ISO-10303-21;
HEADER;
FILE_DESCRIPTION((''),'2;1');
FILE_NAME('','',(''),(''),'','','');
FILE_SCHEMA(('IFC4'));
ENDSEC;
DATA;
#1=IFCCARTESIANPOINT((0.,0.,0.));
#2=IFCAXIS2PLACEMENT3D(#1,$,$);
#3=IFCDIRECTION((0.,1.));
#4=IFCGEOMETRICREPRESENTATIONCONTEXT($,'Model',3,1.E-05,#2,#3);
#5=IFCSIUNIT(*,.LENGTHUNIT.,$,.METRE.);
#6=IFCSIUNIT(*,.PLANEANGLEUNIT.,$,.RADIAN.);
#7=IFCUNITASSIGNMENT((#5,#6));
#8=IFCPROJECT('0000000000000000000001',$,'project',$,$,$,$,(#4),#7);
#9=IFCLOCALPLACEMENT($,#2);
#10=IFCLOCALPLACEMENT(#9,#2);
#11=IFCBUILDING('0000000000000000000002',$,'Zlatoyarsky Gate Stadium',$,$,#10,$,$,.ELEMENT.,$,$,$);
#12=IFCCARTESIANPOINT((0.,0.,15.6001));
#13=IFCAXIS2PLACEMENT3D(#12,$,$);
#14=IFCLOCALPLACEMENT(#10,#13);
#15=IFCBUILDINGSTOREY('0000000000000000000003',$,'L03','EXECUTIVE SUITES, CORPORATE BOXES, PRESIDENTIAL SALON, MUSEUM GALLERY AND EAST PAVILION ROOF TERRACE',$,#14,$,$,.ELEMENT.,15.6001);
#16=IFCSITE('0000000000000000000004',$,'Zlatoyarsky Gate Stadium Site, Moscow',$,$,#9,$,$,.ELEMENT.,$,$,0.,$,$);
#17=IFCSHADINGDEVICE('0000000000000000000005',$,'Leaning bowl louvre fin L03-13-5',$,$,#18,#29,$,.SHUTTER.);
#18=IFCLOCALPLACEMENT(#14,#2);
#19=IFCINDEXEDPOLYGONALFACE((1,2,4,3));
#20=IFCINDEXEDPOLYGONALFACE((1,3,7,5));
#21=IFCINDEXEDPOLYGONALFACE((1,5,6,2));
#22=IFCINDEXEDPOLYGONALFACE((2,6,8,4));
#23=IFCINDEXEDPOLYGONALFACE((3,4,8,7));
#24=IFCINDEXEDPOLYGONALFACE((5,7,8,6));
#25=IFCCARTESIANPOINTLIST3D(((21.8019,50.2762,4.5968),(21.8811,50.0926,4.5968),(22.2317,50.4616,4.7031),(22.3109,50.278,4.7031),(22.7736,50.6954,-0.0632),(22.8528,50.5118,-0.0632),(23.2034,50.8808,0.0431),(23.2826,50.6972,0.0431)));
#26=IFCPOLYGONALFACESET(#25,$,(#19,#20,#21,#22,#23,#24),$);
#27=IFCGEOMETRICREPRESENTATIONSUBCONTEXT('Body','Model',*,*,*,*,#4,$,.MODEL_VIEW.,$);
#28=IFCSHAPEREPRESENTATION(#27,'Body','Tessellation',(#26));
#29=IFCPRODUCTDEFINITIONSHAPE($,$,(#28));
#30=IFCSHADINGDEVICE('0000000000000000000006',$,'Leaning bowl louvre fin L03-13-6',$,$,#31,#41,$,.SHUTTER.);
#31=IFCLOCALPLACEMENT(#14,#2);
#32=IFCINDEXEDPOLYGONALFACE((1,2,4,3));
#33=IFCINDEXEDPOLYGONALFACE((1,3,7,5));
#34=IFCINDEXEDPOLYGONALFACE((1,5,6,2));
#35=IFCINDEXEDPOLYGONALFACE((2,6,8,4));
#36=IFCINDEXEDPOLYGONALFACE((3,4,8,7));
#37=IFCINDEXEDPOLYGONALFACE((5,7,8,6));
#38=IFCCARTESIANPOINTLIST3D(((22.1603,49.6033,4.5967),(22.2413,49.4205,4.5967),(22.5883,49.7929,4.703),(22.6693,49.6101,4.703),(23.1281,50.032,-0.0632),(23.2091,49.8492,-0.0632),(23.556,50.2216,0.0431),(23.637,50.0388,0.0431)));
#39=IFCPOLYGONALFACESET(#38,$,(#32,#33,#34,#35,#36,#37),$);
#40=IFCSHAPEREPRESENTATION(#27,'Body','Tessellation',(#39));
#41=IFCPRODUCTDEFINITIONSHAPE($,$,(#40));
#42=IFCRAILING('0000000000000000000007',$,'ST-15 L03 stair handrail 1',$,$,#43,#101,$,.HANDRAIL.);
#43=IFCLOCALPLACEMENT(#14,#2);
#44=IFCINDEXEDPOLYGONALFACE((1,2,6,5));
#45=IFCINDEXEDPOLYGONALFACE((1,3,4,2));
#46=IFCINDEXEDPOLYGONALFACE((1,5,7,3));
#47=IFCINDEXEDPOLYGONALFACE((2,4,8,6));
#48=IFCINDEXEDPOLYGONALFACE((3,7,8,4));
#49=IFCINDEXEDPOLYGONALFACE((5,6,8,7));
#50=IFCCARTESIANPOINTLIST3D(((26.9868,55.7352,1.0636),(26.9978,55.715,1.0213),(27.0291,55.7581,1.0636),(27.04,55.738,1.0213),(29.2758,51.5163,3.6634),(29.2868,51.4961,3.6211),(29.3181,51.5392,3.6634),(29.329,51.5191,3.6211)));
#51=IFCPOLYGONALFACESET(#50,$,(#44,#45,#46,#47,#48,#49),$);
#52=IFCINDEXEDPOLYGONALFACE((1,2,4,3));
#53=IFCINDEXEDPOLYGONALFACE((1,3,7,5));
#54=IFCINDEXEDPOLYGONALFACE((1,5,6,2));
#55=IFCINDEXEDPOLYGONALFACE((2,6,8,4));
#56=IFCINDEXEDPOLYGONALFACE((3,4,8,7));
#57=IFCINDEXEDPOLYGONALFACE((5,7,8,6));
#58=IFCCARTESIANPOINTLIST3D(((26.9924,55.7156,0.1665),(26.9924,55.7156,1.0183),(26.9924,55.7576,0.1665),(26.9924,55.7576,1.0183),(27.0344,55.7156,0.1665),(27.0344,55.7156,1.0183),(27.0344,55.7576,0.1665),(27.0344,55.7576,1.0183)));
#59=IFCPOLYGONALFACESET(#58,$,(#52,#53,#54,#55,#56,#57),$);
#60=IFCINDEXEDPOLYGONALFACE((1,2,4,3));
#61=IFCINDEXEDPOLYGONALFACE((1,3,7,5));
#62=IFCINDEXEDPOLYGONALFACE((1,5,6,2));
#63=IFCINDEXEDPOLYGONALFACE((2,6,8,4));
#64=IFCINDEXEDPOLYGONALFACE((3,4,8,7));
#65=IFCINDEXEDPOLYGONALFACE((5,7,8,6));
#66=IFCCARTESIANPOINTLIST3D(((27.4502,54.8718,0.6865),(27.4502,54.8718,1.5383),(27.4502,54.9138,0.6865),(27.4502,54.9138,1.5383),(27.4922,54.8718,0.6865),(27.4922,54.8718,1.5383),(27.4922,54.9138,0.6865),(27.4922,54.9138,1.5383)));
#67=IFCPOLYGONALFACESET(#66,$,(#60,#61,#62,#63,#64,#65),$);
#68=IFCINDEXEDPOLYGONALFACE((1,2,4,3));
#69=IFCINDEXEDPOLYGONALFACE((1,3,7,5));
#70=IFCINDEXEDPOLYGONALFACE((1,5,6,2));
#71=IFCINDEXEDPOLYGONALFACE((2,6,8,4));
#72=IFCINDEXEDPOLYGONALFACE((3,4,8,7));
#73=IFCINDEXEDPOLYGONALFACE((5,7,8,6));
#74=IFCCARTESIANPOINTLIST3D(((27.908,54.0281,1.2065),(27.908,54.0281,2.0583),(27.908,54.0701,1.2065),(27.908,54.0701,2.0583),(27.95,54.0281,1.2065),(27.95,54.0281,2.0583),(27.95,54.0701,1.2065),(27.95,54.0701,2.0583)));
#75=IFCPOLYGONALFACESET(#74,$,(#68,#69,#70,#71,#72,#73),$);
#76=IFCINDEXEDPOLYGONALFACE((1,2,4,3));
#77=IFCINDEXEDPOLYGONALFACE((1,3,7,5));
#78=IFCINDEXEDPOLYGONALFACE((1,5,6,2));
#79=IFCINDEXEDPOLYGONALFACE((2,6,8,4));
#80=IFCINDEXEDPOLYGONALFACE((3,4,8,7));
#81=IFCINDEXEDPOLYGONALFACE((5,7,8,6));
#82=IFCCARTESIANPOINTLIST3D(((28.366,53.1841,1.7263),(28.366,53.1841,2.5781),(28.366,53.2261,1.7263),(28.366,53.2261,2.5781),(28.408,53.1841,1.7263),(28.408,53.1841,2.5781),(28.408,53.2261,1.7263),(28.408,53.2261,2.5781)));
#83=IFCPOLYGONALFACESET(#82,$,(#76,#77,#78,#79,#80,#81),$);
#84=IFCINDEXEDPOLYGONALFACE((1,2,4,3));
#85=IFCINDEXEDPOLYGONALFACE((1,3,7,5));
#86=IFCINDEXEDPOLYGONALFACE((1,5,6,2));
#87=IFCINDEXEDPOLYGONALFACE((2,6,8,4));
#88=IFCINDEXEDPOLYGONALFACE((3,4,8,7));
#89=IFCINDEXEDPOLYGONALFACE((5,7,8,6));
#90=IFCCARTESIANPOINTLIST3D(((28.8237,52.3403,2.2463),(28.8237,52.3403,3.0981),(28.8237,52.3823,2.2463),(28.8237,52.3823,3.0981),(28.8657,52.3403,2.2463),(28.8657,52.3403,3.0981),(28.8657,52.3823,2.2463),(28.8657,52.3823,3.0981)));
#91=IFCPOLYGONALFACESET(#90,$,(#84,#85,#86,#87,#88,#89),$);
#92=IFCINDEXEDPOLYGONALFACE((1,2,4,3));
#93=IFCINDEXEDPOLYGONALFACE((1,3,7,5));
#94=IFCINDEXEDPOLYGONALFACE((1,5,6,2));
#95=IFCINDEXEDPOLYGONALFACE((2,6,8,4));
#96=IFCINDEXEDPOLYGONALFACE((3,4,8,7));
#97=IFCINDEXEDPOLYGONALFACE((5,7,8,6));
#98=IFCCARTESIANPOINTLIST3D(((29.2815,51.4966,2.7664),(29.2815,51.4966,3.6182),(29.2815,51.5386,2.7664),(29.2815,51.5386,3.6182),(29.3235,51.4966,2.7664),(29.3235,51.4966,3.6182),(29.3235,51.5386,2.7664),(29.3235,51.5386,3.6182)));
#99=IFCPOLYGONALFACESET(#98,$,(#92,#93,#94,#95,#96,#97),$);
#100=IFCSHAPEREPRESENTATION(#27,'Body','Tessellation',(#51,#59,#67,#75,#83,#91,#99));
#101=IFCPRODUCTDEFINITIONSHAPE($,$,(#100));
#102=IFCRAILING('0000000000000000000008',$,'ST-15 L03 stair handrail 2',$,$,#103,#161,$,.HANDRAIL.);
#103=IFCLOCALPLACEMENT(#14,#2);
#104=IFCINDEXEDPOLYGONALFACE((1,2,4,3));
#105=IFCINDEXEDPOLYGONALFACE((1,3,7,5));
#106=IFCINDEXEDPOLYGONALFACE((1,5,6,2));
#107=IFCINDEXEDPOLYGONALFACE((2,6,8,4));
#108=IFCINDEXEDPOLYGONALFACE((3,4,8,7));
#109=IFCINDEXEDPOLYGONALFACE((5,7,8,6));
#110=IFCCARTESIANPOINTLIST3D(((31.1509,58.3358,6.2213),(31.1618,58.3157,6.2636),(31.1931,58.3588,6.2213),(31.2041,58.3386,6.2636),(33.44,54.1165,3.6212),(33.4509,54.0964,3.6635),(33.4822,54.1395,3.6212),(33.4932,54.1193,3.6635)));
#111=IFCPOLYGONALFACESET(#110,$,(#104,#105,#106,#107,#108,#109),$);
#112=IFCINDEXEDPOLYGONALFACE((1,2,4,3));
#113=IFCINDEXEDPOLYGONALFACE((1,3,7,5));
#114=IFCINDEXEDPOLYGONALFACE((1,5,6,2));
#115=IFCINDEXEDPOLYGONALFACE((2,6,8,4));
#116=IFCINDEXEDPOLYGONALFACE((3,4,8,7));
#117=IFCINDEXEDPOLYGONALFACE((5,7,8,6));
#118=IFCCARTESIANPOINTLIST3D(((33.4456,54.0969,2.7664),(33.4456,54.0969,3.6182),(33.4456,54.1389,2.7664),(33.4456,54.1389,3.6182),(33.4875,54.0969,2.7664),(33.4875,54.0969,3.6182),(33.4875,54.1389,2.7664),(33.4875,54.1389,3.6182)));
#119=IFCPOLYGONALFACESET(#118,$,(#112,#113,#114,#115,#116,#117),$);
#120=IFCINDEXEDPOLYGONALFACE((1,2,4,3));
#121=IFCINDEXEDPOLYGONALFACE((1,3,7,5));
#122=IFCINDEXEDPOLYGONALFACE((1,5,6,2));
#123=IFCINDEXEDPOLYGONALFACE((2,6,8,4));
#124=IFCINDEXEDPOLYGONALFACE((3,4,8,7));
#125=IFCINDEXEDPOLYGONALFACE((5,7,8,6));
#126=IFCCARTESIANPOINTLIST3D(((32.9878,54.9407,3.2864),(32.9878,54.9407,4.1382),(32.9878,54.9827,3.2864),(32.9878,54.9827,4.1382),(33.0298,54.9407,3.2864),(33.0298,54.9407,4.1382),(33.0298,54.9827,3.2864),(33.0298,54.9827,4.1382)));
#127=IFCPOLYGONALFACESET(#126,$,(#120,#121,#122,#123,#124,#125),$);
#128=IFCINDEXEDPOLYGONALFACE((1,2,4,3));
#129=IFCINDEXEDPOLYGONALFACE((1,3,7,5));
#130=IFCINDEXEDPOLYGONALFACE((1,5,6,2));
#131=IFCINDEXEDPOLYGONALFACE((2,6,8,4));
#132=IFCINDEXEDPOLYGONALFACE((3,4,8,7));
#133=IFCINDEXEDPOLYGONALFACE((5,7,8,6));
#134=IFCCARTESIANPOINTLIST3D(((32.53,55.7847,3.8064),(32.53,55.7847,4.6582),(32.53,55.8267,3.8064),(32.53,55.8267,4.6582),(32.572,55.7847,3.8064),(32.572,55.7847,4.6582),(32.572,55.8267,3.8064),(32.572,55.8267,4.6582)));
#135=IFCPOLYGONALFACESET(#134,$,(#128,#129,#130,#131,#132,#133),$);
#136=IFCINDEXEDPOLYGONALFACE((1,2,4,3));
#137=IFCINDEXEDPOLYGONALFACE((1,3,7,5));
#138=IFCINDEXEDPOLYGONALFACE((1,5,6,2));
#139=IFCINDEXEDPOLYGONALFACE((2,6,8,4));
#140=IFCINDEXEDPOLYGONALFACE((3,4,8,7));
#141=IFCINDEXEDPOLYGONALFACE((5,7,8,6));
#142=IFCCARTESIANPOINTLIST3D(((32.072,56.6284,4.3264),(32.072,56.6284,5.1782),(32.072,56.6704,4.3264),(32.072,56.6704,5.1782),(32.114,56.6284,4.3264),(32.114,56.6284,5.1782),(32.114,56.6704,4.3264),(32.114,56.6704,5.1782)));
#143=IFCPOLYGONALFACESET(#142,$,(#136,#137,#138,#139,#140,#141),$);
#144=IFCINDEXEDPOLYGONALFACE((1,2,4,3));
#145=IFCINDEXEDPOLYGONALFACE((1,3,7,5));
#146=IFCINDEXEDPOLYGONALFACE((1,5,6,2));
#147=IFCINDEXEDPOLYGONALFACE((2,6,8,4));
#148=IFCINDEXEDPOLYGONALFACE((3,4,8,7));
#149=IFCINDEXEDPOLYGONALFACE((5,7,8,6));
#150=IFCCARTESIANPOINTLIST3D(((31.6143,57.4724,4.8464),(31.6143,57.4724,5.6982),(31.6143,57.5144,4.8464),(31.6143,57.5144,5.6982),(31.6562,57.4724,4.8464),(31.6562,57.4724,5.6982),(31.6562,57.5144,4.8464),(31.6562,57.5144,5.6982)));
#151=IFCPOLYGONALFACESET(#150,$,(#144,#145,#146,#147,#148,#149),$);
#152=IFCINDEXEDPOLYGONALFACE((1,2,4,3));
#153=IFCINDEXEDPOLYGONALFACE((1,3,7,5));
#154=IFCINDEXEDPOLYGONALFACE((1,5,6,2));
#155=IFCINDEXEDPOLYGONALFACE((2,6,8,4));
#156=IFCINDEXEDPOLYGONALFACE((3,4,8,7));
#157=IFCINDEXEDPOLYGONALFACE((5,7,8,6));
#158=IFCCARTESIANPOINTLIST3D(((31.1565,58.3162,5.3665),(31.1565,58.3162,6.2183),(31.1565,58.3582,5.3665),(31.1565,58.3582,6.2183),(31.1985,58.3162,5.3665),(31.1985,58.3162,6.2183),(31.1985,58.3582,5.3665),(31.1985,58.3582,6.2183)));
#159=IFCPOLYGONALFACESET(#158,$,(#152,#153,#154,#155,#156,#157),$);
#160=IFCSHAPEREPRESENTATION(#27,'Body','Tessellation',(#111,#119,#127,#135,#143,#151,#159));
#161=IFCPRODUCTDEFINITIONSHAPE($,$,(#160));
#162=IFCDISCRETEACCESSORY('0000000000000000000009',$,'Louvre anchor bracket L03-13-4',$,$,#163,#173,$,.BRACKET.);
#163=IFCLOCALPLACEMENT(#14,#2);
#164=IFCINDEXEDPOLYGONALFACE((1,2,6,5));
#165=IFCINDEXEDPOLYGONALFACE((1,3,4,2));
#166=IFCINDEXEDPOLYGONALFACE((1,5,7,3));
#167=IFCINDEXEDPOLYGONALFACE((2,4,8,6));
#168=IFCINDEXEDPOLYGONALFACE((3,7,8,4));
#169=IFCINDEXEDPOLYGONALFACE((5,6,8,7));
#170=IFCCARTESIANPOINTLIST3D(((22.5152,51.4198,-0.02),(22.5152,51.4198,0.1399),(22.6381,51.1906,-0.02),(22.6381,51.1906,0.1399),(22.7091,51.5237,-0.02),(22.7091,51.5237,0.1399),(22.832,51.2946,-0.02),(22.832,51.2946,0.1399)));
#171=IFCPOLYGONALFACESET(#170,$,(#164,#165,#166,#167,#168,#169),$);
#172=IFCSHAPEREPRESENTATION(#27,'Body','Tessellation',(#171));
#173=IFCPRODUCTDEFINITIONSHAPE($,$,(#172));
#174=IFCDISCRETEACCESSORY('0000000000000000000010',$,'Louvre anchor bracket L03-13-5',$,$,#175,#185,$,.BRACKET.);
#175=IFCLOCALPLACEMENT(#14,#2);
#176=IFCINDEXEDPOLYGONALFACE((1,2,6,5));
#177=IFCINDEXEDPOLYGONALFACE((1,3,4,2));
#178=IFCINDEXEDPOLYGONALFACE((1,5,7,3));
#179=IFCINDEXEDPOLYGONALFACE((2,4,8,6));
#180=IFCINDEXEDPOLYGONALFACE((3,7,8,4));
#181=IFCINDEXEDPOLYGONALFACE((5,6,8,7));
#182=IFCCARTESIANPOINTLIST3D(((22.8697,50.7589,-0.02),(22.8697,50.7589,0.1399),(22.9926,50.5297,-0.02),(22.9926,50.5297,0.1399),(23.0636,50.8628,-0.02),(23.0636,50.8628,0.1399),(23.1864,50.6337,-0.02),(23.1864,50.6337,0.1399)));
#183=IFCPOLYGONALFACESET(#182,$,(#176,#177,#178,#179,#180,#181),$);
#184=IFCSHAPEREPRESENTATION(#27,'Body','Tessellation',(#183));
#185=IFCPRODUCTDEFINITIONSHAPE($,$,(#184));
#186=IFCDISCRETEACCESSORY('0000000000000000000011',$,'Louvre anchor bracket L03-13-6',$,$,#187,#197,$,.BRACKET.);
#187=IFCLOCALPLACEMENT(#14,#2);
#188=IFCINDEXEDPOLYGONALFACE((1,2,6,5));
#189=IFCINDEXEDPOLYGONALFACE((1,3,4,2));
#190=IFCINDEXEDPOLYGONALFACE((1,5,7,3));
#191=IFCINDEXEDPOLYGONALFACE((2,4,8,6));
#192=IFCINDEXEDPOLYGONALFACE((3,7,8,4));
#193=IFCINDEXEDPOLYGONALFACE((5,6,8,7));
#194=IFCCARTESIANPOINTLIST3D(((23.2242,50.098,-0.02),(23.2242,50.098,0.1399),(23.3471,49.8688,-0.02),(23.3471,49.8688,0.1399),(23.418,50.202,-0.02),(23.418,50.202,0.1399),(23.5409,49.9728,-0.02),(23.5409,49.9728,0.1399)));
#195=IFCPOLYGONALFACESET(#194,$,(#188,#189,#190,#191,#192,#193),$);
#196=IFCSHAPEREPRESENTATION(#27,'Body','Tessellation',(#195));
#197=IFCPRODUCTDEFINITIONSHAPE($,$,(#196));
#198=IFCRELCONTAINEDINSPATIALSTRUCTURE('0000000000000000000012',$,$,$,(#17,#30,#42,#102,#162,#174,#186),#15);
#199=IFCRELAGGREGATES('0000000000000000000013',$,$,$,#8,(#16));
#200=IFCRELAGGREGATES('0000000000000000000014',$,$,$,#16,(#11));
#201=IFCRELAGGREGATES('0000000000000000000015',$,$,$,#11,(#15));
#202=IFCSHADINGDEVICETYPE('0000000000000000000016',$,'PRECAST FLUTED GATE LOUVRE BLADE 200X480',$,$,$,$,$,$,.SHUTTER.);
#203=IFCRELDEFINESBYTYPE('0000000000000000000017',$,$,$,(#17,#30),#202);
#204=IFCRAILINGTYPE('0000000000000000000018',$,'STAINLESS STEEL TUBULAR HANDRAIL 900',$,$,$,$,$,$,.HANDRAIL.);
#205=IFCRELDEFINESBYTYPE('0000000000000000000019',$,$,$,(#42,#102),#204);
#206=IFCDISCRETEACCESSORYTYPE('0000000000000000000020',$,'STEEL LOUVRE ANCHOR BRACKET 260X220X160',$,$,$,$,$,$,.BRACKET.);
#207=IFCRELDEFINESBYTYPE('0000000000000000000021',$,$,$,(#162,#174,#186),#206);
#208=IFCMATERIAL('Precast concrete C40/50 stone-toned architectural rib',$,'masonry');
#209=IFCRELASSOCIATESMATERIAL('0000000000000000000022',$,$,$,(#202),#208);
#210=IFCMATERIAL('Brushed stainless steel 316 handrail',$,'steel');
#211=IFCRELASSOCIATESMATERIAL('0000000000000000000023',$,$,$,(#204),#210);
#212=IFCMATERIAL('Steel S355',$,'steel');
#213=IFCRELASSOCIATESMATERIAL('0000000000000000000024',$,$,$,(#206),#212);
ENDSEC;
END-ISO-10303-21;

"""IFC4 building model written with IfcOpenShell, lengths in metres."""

from ifc_helpers import new_model, si_unit, direction, frame, origin, origin_2d, place, context, subcontext, project, spatial, rectangle, extrude, material, material_profile, profile_set, type_object, element, save


model = new_model("IFC4")

# Units and contexts
model_context = context("Model", 3, precision=1e-05, world=origin(), true_north=direction((0.0, 1.0)))
body_context = subcontext(model_context, "Body", "Model", "MODEL_VIEW")
ifc_project = project(units=[si_unit("LENGTHUNIT", "METRE"), si_unit("PLANEANGLEUNIT", "RADIAN")], contexts=[model_context])

# Site, building, storey
site_placement = place(None, origin())
site = spatial("IfcSite", under=ifc_project, at=site_placement, Name="Zlatoyarsky Gate Stadium Site, Moscow", CompositionType="ELEMENT", RefElevation=0.0)
building_placement = place(site_placement, origin())
building = spatial("IfcBuilding", under=site, at=building_placement, Name="Zlatoyarsky Gate Stadium", CompositionType="ELEMENT")
storey_placement = place(building_placement, frame((0.0, 0.0, 15.6001)))
storey = spatial("IfcBuildingStorey", under=building, at=storey_placement, Name="L03", Description="EXECUTIVE SUITES, CORPORATE BOXES, PRESIDENTIAL SALON, MUSEUM GALLERY AND EAST PAVILION ROOF TERRACE", CompositionType="ELEMENT", Elevation=15.6001)

# Shading devices
ifc_material_1 = material(Name="Precast concrete C40/50 stone-toned architectural rib", Category="masonry")
ifc_material_profile_1 = material_profile(ifc_material_1, rectangle(XDim=0.2, YDim=0.48, at=origin_2d()), Name="RIB 200X480")
ifc_profile_set_1 = profile_set([ifc_material_profile_1], Name="Precast concrete C40/50 stone-toned architectural rib")
shading_device_type = type_object("IfcShadingDeviceType", Name="PRECAST FLUTED GATE LOUVRE BLADE 200X480", PredefinedType="SHUTTER", material=ifc_profile_set_1)
for number, where, z_axis, x_axis, name in (
    (1, (23.0281, 50.6963, -0.01), (-0.203341, -0.087723, 0.97517), (0.396118, -0.9182, 0.0), "Leaning bowl louvre fin L03-13-5"),
    (2, (23.3826, 50.0354, -0.01), (-0.202522, -0.089714, 0.97516), (0.405025, -0.914305, 0.0), "Leaning bowl louvre fin L03-13-6"),
):
    element("IfcShadingDevice", number, at=place(storey_placement, frame(where, z_axis=z_axis, x_axis=x_axis)), inside=storey, type_object=shading_device_type, Name=name, PredefinedType="SHUTTER", context=body_context, shape_type="SweptSolid", body=[
        extrude(rectangle(XDim=0.2, YDim=0.48, at=origin_2d()), origin(), (0.0, 0.0, 1.0), 4.7786),
    ])

# Railings
ifc_material_2 = material(Name="Brushed stainless steel 316 handrail", Category="steel")
railing_type_1 = type_object("IfcRailingType", Name="STAINLESS STEEL TUBULAR HANDRAIL 900", PredefinedType="HANDRAIL", material=ifc_material_2)
railing_1_placement = place(storey_placement, frame((27.0134, 55.7366, 0.1665)))
element("IfcRailing", 3, at=railing_1_placement, inside=storey, type_object=railing_type_1, Name="ST-15 L03 stair handrail 1", PredefinedType="HANDRAIL", context=body_context, shape_type="SweptSolid", body=[
    extrude(rectangle(XDim=0.0481, YDim=0.0481, at=origin_2d()), frame((0.0, 0.0, 0.876), z_axis=(0.419331, -0.772873, 0.476265), x_axis=(0.878962, 0.476891, 0.0)), (0.0, 0.0, 1.0), 5.4587),
    extrude(rectangle(XDim=0.042, YDim=0.042, at=origin_2d()), origin(), (0.0, 0.0, 1.0), 0.8518),
    extrude(rectangle(XDim=0.042, YDim=0.042, at=origin_2d()), frame((0.4578, -0.8438, 0.52)), (0.0, 0.0, 1.0), 0.8518),
    extrude(rectangle(XDim=0.042, YDim=0.042, at=origin_2d()), frame((0.9155, -1.6875, 1.04)), (0.0, 0.0, 1.0), 0.8518),
    extrude(rectangle(XDim=0.042, YDim=0.042, at=origin_2d()), frame((1.3735, -2.5315, 1.5598)), (0.0, 0.0, 1.0), 0.8518),
    extrude(rectangle(XDim=0.042, YDim=0.042, at=origin_2d()), frame((1.8313, -3.3752, 2.0798)), (0.0, 0.0, 1.0), 0.8518),
    extrude(rectangle(XDim=0.042, YDim=0.042, at=origin_2d()), frame((2.2891, -4.219, 2.5999)), (0.0, 0.0, 1.0), 0.8518),
])
railing_2_placement = place(storey_placement, frame((33.4666, 54.1179, 2.7664)))
element("IfcRailing", 4, at=railing_2_placement, inside=storey, type_object=railing_type_1, Name="ST-15 L03 stair handrail 2", PredefinedType="HANDRAIL", context=body_context, shape_type="SweptSolid", body=[
    extrude(rectangle(XDim=0.0481, YDim=0.0481, at=origin_2d()), frame((0.0, 0.0, 0.876), z_axis=(-0.419308, 0.772875, 0.476283), x_axis=(-0.878974, -0.47687, 0.0)), (0.0, 0.0, 1.0), 5.4592),
    extrude(rectangle(XDim=0.042, YDim=0.042, at=origin_2d()), origin(), (0.0, 0.0, 1.0), 0.8518),
    extrude(rectangle(XDim=0.042, YDim=0.042, at=origin_2d()), frame((-0.4578, 0.8438, 0.52)), (0.0, 0.0, 1.0), 0.8518),
    extrude(rectangle(XDim=0.042, YDim=0.042, at=origin_2d()), frame((-0.9155, 1.6877, 1.04)), (0.0, 0.0, 1.0), 0.8518),
    extrude(rectangle(XDim=0.042, YDim=0.042, at=origin_2d()), frame((-1.3735, 2.5315, 1.5601)), (0.0, 0.0, 1.0), 0.8518),
    extrude(rectangle(XDim=0.042, YDim=0.042, at=origin_2d()), frame((-1.8313, 3.3755, 2.0801)), (0.0, 0.0, 1.0), 0.8518),
    extrude(rectangle(XDim=0.042, YDim=0.042, at=origin_2d()), frame((-2.2891, 4.2192, 2.6001)), (0.0, 0.0, 1.0), 0.8518),
])

# Discrete accessories
ifc_material_3 = material(Name="Steel S355", Category="steel")
discrete_accessory_type = type_object("IfcDiscreteAccessoryType", Name="STEEL LOUVRE ANCHOR BRACKET 260X220X160", PredefinedType="BRACKET", material=ifc_material_3)
for number, where, z_axis, x_axis, name in (
    (5, (22.6736, 51.3572, -0.02), (0.0, 0.0, 1.0), (0.472643, -0.881254, 0.0), "Louvre anchor bracket L03-13-4"),
    (6, (23.0281, 50.6963, -0.02), (0.0, 0.0, 1.0), (0.472643, -0.881254, 0.0), "Louvre anchor bracket L03-13-5"),
    (7, (23.3826, 50.0354, -0.02), (0.0, 0.0, 1.0), (0.472643, -0.881254, 0.0), "Louvre anchor bracket L03-13-6"),
):
    element("IfcDiscreteAccessory", number, at=place(storey_placement, frame(where, z_axis=z_axis, x_axis=x_axis)), inside=storey, type_object=discrete_accessory_type, Name=name, PredefinedType="BRACKET", context=body_context, shape_type="SweptSolid", body=[
        extrude(rectangle(XDim=0.26, YDim=0.22, at=origin_2d()), origin(), (0.0, 0.0, 1.0), 0.1599),
    ])

save(model, "model.ifc")
